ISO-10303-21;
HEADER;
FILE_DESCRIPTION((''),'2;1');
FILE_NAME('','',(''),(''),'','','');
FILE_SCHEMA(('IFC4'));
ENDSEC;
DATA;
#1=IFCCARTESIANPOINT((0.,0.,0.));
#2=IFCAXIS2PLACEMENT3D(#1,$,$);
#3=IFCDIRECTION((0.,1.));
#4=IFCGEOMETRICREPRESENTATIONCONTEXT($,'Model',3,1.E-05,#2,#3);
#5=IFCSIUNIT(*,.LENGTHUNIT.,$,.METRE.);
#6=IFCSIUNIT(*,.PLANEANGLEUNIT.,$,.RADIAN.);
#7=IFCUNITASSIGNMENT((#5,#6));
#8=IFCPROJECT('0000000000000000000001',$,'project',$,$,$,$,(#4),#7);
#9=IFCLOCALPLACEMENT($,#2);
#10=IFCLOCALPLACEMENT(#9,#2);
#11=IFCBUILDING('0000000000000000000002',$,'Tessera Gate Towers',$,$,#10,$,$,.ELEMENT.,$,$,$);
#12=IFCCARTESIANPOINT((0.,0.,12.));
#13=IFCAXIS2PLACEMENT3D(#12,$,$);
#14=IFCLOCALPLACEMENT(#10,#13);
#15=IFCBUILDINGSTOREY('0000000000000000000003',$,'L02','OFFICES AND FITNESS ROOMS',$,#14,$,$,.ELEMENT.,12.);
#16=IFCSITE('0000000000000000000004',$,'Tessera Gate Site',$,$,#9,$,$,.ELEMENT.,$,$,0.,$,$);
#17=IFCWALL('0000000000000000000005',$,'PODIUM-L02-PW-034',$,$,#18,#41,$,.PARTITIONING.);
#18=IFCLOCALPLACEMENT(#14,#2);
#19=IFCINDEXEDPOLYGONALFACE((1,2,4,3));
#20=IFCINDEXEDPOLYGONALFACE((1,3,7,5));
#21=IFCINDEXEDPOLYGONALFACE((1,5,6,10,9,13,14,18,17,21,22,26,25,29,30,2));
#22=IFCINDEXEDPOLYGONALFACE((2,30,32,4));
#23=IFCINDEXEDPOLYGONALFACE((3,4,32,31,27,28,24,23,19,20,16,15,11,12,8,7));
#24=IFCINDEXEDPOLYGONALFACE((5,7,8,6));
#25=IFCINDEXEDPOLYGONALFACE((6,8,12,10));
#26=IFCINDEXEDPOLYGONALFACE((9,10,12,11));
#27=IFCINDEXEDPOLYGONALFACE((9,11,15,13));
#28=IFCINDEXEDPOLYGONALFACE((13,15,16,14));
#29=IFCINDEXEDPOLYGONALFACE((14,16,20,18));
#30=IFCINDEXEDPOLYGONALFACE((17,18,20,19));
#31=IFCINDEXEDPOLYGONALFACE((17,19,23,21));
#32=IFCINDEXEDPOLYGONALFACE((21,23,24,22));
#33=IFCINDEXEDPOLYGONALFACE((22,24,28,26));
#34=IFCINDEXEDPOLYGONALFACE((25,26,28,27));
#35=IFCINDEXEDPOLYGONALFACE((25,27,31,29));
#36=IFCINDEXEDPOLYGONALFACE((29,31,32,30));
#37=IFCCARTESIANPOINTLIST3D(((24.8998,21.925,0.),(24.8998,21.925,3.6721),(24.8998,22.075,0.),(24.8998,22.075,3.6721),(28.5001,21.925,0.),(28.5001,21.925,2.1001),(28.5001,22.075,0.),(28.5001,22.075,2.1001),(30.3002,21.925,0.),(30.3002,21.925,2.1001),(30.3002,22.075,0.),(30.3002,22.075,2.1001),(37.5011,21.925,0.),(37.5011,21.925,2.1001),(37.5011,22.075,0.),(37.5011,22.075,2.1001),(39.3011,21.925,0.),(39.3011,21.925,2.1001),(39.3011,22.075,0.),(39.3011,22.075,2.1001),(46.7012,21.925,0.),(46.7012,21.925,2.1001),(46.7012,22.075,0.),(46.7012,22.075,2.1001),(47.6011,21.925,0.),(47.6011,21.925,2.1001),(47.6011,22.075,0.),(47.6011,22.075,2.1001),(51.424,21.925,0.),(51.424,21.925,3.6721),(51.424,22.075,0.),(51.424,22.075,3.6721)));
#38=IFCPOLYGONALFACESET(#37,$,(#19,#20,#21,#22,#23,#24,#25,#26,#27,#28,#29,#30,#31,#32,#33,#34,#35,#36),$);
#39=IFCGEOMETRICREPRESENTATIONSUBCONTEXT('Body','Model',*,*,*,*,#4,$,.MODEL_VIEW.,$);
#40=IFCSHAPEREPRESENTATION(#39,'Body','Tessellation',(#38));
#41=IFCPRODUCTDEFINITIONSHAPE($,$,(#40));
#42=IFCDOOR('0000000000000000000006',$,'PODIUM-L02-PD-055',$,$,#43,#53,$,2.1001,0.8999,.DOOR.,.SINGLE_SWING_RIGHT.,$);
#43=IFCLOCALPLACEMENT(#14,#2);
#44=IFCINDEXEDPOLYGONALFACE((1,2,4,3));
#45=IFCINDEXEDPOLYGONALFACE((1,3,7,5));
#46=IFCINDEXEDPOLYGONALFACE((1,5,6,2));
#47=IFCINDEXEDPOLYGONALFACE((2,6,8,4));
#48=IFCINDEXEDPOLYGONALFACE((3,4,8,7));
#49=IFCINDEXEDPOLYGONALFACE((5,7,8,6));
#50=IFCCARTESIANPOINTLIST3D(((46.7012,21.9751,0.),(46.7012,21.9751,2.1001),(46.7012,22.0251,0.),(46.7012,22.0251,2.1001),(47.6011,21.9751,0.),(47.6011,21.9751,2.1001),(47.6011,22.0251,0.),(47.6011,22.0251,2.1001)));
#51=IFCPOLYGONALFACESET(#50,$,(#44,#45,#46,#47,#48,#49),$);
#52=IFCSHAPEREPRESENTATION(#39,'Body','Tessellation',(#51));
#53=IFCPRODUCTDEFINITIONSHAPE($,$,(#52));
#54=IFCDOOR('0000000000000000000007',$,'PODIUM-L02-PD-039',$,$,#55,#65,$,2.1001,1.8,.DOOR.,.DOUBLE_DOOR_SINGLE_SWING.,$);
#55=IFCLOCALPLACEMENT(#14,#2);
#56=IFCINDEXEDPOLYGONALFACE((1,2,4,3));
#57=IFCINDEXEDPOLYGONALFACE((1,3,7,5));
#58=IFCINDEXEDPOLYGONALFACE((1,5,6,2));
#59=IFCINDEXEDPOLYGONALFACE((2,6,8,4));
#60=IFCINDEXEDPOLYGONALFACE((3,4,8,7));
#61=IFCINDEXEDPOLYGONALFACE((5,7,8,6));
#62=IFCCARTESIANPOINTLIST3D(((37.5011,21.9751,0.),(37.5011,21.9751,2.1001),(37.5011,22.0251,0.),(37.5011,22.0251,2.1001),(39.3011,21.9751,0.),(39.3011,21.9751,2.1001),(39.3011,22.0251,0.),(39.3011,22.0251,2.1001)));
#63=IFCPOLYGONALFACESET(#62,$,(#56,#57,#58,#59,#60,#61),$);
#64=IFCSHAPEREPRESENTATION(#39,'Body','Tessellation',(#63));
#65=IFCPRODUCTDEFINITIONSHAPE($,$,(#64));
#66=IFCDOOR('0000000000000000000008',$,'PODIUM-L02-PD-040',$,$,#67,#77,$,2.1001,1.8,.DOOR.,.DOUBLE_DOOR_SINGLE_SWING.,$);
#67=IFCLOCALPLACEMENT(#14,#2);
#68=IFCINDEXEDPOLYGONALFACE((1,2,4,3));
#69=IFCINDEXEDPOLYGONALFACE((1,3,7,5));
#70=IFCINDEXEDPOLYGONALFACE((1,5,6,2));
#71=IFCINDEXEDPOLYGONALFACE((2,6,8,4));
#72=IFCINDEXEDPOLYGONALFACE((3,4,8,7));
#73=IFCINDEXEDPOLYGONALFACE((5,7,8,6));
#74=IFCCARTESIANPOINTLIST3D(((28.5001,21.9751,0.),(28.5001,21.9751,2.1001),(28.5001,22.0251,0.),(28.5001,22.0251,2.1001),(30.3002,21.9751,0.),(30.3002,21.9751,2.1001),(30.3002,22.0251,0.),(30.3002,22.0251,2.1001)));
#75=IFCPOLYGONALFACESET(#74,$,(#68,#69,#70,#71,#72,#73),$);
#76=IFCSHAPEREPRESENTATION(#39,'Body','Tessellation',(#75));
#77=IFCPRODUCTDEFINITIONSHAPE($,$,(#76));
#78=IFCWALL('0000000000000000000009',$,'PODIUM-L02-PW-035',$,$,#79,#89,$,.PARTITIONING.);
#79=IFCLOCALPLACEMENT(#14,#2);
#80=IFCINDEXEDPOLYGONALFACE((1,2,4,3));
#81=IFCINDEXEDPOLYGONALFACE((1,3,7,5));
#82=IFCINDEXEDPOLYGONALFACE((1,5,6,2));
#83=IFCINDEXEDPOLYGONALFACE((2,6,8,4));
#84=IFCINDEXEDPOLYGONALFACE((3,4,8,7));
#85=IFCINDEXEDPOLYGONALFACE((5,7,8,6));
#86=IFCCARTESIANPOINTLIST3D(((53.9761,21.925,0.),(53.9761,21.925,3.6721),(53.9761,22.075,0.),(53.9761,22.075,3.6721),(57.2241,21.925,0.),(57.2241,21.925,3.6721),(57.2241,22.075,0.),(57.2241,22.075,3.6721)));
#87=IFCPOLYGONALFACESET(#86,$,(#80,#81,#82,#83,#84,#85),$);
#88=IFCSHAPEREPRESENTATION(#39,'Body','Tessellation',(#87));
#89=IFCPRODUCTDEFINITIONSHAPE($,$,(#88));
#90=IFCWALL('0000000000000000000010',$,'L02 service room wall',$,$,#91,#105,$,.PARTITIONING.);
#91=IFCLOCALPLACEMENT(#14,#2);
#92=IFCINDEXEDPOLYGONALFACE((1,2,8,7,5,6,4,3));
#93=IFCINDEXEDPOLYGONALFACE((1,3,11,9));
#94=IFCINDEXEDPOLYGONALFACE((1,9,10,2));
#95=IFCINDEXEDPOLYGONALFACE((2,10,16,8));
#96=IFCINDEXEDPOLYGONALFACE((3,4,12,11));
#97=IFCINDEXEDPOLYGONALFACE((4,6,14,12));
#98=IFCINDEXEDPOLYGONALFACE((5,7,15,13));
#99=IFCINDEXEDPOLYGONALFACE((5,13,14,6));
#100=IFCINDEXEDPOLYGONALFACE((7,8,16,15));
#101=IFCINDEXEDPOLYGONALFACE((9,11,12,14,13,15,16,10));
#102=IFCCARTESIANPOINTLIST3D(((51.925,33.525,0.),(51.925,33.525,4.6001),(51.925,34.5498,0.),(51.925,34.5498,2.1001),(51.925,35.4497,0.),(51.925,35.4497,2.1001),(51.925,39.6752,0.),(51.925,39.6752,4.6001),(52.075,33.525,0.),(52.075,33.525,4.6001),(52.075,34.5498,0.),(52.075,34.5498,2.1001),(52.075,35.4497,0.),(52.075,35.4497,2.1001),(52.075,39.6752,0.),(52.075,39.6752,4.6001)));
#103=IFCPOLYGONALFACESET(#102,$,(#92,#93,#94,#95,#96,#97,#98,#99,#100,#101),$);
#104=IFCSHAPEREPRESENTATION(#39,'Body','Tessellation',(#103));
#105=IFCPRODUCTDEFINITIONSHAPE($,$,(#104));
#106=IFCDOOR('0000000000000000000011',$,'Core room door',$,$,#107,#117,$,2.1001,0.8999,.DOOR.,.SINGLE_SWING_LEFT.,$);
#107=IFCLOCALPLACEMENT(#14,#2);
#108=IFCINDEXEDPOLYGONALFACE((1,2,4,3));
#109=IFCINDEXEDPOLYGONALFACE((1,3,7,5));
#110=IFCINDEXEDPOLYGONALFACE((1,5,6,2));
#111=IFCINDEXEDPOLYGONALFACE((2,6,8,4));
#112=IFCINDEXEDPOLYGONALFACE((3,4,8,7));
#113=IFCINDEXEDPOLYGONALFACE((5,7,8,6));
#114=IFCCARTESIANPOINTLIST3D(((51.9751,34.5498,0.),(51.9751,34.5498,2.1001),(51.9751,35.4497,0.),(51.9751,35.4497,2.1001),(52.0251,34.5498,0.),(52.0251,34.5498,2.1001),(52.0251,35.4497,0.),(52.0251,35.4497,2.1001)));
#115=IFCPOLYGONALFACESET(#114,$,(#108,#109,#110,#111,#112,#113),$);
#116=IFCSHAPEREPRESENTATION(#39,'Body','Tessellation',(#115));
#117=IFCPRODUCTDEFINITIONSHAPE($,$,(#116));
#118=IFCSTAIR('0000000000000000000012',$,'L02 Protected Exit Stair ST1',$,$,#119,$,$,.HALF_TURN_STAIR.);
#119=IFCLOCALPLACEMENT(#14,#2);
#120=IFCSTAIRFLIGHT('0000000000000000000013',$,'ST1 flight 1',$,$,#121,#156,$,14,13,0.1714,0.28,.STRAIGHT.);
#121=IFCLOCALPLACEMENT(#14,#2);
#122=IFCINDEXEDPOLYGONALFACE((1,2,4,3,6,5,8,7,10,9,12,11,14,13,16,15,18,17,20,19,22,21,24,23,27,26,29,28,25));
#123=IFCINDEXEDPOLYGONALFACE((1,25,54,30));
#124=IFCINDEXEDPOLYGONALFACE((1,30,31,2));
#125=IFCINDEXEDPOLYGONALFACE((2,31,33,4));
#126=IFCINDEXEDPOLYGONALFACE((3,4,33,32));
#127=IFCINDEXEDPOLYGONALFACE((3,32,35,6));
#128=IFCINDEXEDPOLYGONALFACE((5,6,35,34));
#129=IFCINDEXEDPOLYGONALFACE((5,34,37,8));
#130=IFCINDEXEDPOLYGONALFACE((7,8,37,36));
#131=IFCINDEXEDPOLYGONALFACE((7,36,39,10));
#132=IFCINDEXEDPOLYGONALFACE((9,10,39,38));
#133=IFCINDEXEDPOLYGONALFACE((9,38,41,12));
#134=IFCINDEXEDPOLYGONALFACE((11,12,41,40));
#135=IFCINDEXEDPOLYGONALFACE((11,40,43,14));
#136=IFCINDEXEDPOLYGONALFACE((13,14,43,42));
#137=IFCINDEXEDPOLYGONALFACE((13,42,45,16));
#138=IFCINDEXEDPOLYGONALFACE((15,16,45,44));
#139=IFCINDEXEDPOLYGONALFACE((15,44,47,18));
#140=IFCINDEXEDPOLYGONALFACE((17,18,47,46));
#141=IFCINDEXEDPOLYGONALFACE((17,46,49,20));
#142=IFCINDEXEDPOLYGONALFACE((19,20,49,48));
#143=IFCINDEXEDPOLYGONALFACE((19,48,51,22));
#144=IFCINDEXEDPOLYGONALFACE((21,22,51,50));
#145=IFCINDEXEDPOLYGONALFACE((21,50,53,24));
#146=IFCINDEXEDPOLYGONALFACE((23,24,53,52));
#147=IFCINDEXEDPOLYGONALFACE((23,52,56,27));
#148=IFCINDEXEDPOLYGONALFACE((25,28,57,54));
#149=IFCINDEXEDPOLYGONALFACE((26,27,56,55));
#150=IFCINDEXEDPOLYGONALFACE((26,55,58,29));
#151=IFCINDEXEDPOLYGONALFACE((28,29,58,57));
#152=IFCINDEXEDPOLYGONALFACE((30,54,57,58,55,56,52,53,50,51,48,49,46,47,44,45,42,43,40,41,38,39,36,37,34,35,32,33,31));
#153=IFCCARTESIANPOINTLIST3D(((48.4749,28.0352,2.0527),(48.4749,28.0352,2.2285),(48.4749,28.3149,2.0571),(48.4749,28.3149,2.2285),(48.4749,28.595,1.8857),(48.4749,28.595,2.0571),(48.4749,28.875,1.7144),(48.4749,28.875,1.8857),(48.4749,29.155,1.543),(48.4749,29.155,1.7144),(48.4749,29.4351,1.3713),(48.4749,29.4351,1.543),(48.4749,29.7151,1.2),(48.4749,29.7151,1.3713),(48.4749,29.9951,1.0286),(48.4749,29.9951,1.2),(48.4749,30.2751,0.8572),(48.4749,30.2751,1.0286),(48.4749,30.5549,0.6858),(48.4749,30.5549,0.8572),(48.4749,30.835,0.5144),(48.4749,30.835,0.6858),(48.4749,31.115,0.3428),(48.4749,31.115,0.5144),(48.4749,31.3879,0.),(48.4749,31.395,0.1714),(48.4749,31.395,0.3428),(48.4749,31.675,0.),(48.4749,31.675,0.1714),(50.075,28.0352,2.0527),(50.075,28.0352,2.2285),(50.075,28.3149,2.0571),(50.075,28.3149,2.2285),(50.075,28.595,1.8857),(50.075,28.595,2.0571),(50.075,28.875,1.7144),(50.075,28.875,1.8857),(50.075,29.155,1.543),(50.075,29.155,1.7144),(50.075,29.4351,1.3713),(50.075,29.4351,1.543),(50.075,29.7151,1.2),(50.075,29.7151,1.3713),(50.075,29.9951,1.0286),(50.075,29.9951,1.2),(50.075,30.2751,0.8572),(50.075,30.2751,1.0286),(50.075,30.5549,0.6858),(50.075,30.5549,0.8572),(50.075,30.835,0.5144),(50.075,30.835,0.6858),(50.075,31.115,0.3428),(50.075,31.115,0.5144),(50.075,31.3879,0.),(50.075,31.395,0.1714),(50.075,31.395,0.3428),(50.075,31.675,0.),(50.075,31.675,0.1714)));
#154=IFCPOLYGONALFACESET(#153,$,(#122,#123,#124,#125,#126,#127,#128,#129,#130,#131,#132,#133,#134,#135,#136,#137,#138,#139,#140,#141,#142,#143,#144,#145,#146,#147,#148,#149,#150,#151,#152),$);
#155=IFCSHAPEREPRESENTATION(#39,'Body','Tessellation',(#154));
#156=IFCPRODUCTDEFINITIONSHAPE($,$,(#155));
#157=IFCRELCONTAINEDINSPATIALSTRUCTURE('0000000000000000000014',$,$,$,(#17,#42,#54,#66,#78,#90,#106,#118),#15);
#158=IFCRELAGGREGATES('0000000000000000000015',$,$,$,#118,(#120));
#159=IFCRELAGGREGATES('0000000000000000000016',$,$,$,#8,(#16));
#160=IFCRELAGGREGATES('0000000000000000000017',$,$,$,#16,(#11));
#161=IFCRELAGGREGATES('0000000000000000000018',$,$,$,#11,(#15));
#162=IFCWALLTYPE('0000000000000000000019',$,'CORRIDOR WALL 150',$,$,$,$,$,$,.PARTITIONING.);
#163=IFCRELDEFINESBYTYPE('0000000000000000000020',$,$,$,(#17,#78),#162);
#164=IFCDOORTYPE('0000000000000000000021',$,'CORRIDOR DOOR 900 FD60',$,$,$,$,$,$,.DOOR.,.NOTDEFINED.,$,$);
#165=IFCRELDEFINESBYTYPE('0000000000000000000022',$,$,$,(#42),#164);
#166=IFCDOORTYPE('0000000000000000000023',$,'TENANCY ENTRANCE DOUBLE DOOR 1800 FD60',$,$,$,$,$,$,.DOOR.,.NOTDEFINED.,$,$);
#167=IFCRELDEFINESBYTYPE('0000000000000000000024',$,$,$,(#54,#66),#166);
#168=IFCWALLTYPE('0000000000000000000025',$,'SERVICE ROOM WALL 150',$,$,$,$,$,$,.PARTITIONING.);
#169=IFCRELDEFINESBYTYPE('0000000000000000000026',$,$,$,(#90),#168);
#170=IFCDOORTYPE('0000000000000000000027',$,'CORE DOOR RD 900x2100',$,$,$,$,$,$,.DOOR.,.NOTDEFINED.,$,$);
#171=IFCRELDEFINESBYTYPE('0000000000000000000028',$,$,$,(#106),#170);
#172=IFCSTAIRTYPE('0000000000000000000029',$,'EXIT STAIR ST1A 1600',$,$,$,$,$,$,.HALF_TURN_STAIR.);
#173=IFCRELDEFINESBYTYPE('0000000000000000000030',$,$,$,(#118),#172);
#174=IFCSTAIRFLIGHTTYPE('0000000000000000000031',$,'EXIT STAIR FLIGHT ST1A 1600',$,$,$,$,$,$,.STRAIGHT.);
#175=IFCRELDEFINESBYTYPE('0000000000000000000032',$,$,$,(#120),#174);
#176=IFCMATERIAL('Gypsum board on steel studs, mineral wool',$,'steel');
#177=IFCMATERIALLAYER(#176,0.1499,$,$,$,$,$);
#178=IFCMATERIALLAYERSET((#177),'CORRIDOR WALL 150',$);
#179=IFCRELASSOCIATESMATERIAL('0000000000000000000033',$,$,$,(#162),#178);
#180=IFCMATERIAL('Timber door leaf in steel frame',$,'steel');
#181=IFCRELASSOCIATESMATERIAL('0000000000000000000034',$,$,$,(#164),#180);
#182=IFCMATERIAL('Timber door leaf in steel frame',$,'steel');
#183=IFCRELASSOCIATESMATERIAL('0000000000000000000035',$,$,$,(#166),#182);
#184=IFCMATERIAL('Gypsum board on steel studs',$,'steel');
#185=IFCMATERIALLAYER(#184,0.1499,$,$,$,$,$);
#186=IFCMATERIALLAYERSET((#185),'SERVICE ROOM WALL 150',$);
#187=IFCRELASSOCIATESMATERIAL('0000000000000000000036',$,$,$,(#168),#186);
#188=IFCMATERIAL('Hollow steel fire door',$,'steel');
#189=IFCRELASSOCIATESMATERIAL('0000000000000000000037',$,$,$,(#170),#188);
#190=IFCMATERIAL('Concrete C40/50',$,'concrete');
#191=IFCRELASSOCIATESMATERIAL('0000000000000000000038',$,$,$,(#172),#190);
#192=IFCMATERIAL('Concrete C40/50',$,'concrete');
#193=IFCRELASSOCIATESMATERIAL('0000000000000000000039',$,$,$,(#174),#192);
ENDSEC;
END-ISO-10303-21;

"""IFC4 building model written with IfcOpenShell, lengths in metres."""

from ifc_helpers import new_model, si_unit, direction, frame, frame_2d, origin, place, context, subcontext, project, spatial, polyline, rectangle, outline, extrude, source, transform, mapped, material, layer, layer_set, type_object, element, fill, aggregate, save


model = new_model("IFC4")

# Units and contexts
model_context = context("Model", 3, precision=1e-05, world=origin(), true_north=direction((0.0, 1.0)))
body_context = subcontext(model_context, "Body", "Model", "MODEL_VIEW")
ifc_project = project(units=[si_unit("LENGTHUNIT", "METRE"), si_unit("PLANEANGLEUNIT", "RADIAN")], contexts=[model_context])

# Site, building, storey
site_placement = place(None, origin())
site = spatial("IfcSite", under=ifc_project, at=site_placement, Name="Tessera Gate Site", CompositionType="ELEMENT", RefElevation=0.0)
building_placement = place(site_placement, origin())
building = spatial("IfcBuilding", under=site, at=building_placement, Name="Tessera Gate Towers", CompositionType="ELEMENT")
storey_placement = place(building_placement, frame((0.0, 0.0, 12.0)))
storey = spatial("IfcBuildingStorey", under=building, at=storey_placement, Name="L02", Description="OFFICES AND FITNESS ROOMS", CompositionType="ELEMENT", Elevation=12.0)

# Wall, openings, doors
ifc_material_1 = material(Name="Gypsum board on steel studs, mineral wool", Category="steel")
ifc_layer_1 = layer(ifc_material_1, 0.1499)
ifc_layer_set_1 = layer_set([ifc_layer_1], Name="CORRIDOR WALL 150")
wall_type_1 = type_object("IfcWallType", Name="CORRIDOR WALL 150", PredefinedType="PARTITIONING", material=ifc_layer_set_1)
wall_1_placement = place(storey_placement, frame((51.4241, 22.0, 0.0), z_axis=(0.0, 0.0, 1.0), x_axis=(-1.0, 0.0, 0.0)))
wall_1 = element("IfcWall", 1, at=wall_1_placement, inside=storey, type_object=wall_type_1, Name="PODIUM-L02-PW-034", PredefinedType="PARTITIONING", context=body_context, shape_type="SweptSolid", body=[
    extrude(rectangle(XDim=26.5242, YDim=0.1499, at=frame_2d((13.2622, 0.0))), origin(), (0.0, 0.0, 1.0), 3.6721),
])
shared_shape_1 = source(origin(), body_context, "Body", "SweptSolid", [
    extrude(rectangle(XDim=1.8, YDim=2.1001, at=frame_2d((0.8999, 1.05))), frame((0.0, 0.085, 0.0), z_axis=(0.0, -1.0, 0.0), x_axis=(1.0, 0.0, 0.0)), (0.0, 0.0, 1.0), 0.1699),
])
opening_1_placement = place(wall_1_placement, frame((12.123, 0.0, 0.0)))
opening_1 = element("IfcOpeningElement", 2, at=opening_1_placement, cuts=wall_1, PredefinedType="OPENING", context=body_context, shape_type="MappedRepresentation", body=[
    mapped(shared_shape_1, transform((0.0, 0.0, 0.0), scale=1.0)),
])
opening_2_placement = place(wall_1_placement, frame((21.124, 0.0, 0.0)))
opening_2 = element("IfcOpeningElement", 3, at=opening_2_placement, cuts=wall_1, PredefinedType="OPENING", context=body_context, shape_type="MappedRepresentation", body=[
    mapped(shared_shape_1, transform((0.0, 0.0, 0.0), scale=1.0)),
])
shared_shape_2 = source(origin(), body_context, "Body", "SweptSolid", [
    extrude(rectangle(XDim=0.8999, YDim=2.1001, at=frame_2d((0.45, 1.05))), frame((0.0, 0.085, 0.0), z_axis=(0.0, -1.0, 0.0), x_axis=(1.0, 0.0, 0.0)), (0.0, 0.0, 1.0), 0.1699),
])
opening_3_placement = place(wall_1_placement, frame((3.823, 0.0, 0.0)))
opening_3 = element("IfcOpeningElement", 4, at=opening_3_placement, cuts=wall_1, PredefinedType="OPENING", context=body_context, shape_type="MappedRepresentation", body=[
    mapped(shared_shape_2, transform((0.0, 0.0, 0.0), scale=1.0)),
])
ifc_material_2 = material(Name="Timber door leaf in steel frame", Category="steel")
door_type_1 = type_object("IfcDoorType", Name="CORRIDOR DOOR 900 FD60", OperationType="NOTDEFINED", PredefinedType="DOOR", material=ifc_material_2)
shared_shape_3 = source(origin(), body_context, "Body", "SweptSolid", [
    extrude(rectangle(XDim=0.8999, YDim=2.1001, at=frame_2d((0.45, 1.05))), frame((0.0, 0.0249, 0.0), z_axis=(0.0, -1.0, 0.0), x_axis=(1.0, 0.0, 0.0)), (0.0, 0.0, 1.0), 0.05),
])
door_1_placement = place(opening_3_placement, origin())
door_1 = element("IfcDoor", 5, at=door_1_placement, inside=storey, type_object=door_type_1, Name="PODIUM-L02-PD-055", OperationType="SINGLE_SWING_RIGHT", OverallHeight=2.1001, OverallWidth=0.8999, PredefinedType="DOOR", context=body_context, shape_type="MappedRepresentation", body=[
    mapped(shared_shape_3, transform((0.0, 0.0, 0.0), scale=1.0)),
])
fill(opening_3, door_1)
ifc_material_3 = material(Name="Timber door leaf in steel frame", Category="steel")
door_type_2 = type_object("IfcDoorType", Name="TENANCY ENTRANCE DOUBLE DOOR 1800 FD60", OperationType="NOTDEFINED", PredefinedType="DOOR", material=ifc_material_3)
shared_shape_4 = source(origin(), body_context, "Body", "SweptSolid", [
    extrude(rectangle(XDim=1.8, YDim=2.1001, at=frame_2d((0.8999, 1.05))), frame((0.0, 0.0249, 0.0), z_axis=(0.0, -1.0, 0.0), x_axis=(1.0, 0.0, 0.0)), (0.0, 0.0, 1.0), 0.05),
])
door_2_placement = place(opening_1_placement, origin())
door_2 = element("IfcDoor", 6, at=door_2_placement, inside=storey, type_object=door_type_2, Name="PODIUM-L02-PD-039", OperationType="DOUBLE_DOOR_SINGLE_SWING", OverallHeight=2.1001, OverallWidth=1.8, PredefinedType="DOOR", context=body_context, shape_type="MappedRepresentation", body=[
    mapped(shared_shape_4, transform((0.0, 0.0, 0.0), scale=1.0)),
])
fill(opening_1, door_2)
door_3_placement = place(opening_2_placement, origin())
door_3 = element("IfcDoor", 7, at=door_3_placement, inside=storey, type_object=door_type_2, Name="PODIUM-L02-PD-040", OperationType="DOUBLE_DOOR_SINGLE_SWING", OverallHeight=2.1001, OverallWidth=1.8, PredefinedType="DOOR", context=body_context, shape_type="MappedRepresentation", body=[
    mapped(shared_shape_4, transform((0.0, 0.0, 0.0), scale=1.0)),
])
fill(opening_2, door_3)

# Wall
wall_2_placement = place(storey_placement, frame((53.9761, 22.0, 0.0), z_axis=(0.0, 0.0, 1.0), x_axis=(1.0, 0.0, 0.0)))
element("IfcWall", 8, at=wall_2_placement, inside=storey, type_object=wall_type_1, Name="PODIUM-L02-PW-035", PredefinedType="PARTITIONING", context=body_context, shape_type="SweptSolid", body=[
    extrude(rectangle(XDim=3.248, YDim=0.1499, at=frame_2d((1.624, 0.0))), origin(), (0.0, 0.0, 1.0), 3.6721),
])

# Wall, opening, door
ifc_material_4 = material(Name="Gypsum board on steel studs", Category="steel")
ifc_layer_2 = layer(ifc_material_4, 0.1499)
ifc_layer_set_2 = layer_set([ifc_layer_2], Name="SERVICE ROOM WALL 150")
wall_type_2 = type_object("IfcWallType", Name="SERVICE ROOM WALL 150", PredefinedType="PARTITIONING", material=ifc_layer_set_2)
wall_3_placement = place(storey_placement, frame((52.0, 33.5249, 0.0), z_axis=(0.0, 0.0, 1.0), x_axis=(0.0, 1.0, 0.0)))
wall_3 = element("IfcWall", 9, at=wall_3_placement, inside=storey, type_object=wall_type_2, Name="L02 service room wall", PredefinedType="PARTITIONING", context=body_context, shape_type="SweptSolid", body=[
    extrude(rectangle(XDim=6.1501, YDim=0.1499, at=frame_2d((3.0752, 0.0))), origin(), (0.0, 0.0, 1.0), 4.6001),
])
opening_4_placement = place(wall_3_placement, frame((1.0249, 0.0, 0.0)))
opening_4 = element("IfcOpeningElement", 10, at=opening_4_placement, cuts=wall_3, PredefinedType="OPENING", context=body_context, shape_type="MappedRepresentation", body=[
    mapped(shared_shape_2, transform((0.0, 0.0, 0.0), scale=1.0)),
])
ifc_material_5 = material(Name="Hollow steel fire door", Category="steel")
door_type_3 = type_object("IfcDoorType", Name="CORE DOOR RD 900x2100", OperationType="NOTDEFINED", PredefinedType="DOOR", material=ifc_material_5)
door_4_placement = place(opening_4_placement, origin())
door_4 = element("IfcDoor", 11, at=door_4_placement, inside=storey, type_object=door_type_3, Name="Core room door", OperationType="SINGLE_SWING_LEFT", OverallHeight=2.1001, OverallWidth=0.8999, PredefinedType="DOOR", context=body_context, shape_type="MappedRepresentation", body=[
    mapped(shared_shape_3, transform((0.0, 0.0, 0.0), scale=1.0)),
])
fill(opening_4, door_4)

# Stair, stair flight
ifc_material_6 = material(Name="Concrete C40/50", Category="concrete")
stair_type = type_object("IfcStairType", Name="EXIT STAIR ST1A 1600", PredefinedType="HALF_TURN_STAIR", material=ifc_material_6)
stair_placement = place(storey_placement, origin())
stair = element("IfcStair", 12, at=stair_placement, inside=storey, type_object=stair_type, Name="L02 Protected Exit Stair ST1", PredefinedType="HALF_TURN_STAIR")
ifc_material_7 = material(Name="Concrete C40/50", Category="concrete")
stair_flight_type = type_object("IfcStairFlightType", Name="EXIT STAIR FLIGHT ST1A 1600", PredefinedType="STRAIGHT", material=ifc_material_7)
stair_flight_1_placement = place(storey_placement, frame((49.2749, 31.675, 0.0), z_axis=(0.0, 0.0, 1.0), x_axis=(0.0, -1.0, 0.0)))
stair_flight_1 = element("IfcStairFlight", 13, at=stair_flight_1_placement, type_object=stair_flight_type, Name="ST1 flight 1", NumberOfRisers=14, NumberOfTreads=13, PredefinedType="STRAIGHT", RiserHeight=0.1714, TreadLength=0.28, context=body_context, shape_type="SweptSolid", body=[
    extrude(outline(polyline([(0.0, 0.0), (0.0, 0.1714), (0.28, 0.1714), (0.28, 0.3428), (0.5601, 0.3428), (0.5601, 0.5144), (0.8401, 0.5144), (0.8401, 0.6858), (1.1201, 0.6858), (1.1201, 0.8572), (1.3999, 0.8572), (1.3999, 1.0286), (1.6799, 1.0286), (1.6799, 1.2), (1.96, 1.2), (1.96, 1.3713), (2.24, 1.3713), (2.24, 1.543), (2.52, 1.543), (2.52, 1.7144), (2.8, 1.7144), (2.8, 1.8857), (3.0801, 1.8857), (3.0801, 2.0571), (3.3601, 2.0571), (3.3601, 2.2285), (3.6399, 2.2285), (3.6399, 2.3999), (3.6399, 2.0527), (0.2871, 0.0), (0.0, 0.0)])), frame((0.0, 0.8, 0.0), z_axis=(0.0, -1.0, 0.0), x_axis=(1.0, 0.0, 0.0)), (0.0, 0.0, 1.0), 1.6001),
])
aggregate(stair, [stair_flight_1])

save(model, "model.ifc")
